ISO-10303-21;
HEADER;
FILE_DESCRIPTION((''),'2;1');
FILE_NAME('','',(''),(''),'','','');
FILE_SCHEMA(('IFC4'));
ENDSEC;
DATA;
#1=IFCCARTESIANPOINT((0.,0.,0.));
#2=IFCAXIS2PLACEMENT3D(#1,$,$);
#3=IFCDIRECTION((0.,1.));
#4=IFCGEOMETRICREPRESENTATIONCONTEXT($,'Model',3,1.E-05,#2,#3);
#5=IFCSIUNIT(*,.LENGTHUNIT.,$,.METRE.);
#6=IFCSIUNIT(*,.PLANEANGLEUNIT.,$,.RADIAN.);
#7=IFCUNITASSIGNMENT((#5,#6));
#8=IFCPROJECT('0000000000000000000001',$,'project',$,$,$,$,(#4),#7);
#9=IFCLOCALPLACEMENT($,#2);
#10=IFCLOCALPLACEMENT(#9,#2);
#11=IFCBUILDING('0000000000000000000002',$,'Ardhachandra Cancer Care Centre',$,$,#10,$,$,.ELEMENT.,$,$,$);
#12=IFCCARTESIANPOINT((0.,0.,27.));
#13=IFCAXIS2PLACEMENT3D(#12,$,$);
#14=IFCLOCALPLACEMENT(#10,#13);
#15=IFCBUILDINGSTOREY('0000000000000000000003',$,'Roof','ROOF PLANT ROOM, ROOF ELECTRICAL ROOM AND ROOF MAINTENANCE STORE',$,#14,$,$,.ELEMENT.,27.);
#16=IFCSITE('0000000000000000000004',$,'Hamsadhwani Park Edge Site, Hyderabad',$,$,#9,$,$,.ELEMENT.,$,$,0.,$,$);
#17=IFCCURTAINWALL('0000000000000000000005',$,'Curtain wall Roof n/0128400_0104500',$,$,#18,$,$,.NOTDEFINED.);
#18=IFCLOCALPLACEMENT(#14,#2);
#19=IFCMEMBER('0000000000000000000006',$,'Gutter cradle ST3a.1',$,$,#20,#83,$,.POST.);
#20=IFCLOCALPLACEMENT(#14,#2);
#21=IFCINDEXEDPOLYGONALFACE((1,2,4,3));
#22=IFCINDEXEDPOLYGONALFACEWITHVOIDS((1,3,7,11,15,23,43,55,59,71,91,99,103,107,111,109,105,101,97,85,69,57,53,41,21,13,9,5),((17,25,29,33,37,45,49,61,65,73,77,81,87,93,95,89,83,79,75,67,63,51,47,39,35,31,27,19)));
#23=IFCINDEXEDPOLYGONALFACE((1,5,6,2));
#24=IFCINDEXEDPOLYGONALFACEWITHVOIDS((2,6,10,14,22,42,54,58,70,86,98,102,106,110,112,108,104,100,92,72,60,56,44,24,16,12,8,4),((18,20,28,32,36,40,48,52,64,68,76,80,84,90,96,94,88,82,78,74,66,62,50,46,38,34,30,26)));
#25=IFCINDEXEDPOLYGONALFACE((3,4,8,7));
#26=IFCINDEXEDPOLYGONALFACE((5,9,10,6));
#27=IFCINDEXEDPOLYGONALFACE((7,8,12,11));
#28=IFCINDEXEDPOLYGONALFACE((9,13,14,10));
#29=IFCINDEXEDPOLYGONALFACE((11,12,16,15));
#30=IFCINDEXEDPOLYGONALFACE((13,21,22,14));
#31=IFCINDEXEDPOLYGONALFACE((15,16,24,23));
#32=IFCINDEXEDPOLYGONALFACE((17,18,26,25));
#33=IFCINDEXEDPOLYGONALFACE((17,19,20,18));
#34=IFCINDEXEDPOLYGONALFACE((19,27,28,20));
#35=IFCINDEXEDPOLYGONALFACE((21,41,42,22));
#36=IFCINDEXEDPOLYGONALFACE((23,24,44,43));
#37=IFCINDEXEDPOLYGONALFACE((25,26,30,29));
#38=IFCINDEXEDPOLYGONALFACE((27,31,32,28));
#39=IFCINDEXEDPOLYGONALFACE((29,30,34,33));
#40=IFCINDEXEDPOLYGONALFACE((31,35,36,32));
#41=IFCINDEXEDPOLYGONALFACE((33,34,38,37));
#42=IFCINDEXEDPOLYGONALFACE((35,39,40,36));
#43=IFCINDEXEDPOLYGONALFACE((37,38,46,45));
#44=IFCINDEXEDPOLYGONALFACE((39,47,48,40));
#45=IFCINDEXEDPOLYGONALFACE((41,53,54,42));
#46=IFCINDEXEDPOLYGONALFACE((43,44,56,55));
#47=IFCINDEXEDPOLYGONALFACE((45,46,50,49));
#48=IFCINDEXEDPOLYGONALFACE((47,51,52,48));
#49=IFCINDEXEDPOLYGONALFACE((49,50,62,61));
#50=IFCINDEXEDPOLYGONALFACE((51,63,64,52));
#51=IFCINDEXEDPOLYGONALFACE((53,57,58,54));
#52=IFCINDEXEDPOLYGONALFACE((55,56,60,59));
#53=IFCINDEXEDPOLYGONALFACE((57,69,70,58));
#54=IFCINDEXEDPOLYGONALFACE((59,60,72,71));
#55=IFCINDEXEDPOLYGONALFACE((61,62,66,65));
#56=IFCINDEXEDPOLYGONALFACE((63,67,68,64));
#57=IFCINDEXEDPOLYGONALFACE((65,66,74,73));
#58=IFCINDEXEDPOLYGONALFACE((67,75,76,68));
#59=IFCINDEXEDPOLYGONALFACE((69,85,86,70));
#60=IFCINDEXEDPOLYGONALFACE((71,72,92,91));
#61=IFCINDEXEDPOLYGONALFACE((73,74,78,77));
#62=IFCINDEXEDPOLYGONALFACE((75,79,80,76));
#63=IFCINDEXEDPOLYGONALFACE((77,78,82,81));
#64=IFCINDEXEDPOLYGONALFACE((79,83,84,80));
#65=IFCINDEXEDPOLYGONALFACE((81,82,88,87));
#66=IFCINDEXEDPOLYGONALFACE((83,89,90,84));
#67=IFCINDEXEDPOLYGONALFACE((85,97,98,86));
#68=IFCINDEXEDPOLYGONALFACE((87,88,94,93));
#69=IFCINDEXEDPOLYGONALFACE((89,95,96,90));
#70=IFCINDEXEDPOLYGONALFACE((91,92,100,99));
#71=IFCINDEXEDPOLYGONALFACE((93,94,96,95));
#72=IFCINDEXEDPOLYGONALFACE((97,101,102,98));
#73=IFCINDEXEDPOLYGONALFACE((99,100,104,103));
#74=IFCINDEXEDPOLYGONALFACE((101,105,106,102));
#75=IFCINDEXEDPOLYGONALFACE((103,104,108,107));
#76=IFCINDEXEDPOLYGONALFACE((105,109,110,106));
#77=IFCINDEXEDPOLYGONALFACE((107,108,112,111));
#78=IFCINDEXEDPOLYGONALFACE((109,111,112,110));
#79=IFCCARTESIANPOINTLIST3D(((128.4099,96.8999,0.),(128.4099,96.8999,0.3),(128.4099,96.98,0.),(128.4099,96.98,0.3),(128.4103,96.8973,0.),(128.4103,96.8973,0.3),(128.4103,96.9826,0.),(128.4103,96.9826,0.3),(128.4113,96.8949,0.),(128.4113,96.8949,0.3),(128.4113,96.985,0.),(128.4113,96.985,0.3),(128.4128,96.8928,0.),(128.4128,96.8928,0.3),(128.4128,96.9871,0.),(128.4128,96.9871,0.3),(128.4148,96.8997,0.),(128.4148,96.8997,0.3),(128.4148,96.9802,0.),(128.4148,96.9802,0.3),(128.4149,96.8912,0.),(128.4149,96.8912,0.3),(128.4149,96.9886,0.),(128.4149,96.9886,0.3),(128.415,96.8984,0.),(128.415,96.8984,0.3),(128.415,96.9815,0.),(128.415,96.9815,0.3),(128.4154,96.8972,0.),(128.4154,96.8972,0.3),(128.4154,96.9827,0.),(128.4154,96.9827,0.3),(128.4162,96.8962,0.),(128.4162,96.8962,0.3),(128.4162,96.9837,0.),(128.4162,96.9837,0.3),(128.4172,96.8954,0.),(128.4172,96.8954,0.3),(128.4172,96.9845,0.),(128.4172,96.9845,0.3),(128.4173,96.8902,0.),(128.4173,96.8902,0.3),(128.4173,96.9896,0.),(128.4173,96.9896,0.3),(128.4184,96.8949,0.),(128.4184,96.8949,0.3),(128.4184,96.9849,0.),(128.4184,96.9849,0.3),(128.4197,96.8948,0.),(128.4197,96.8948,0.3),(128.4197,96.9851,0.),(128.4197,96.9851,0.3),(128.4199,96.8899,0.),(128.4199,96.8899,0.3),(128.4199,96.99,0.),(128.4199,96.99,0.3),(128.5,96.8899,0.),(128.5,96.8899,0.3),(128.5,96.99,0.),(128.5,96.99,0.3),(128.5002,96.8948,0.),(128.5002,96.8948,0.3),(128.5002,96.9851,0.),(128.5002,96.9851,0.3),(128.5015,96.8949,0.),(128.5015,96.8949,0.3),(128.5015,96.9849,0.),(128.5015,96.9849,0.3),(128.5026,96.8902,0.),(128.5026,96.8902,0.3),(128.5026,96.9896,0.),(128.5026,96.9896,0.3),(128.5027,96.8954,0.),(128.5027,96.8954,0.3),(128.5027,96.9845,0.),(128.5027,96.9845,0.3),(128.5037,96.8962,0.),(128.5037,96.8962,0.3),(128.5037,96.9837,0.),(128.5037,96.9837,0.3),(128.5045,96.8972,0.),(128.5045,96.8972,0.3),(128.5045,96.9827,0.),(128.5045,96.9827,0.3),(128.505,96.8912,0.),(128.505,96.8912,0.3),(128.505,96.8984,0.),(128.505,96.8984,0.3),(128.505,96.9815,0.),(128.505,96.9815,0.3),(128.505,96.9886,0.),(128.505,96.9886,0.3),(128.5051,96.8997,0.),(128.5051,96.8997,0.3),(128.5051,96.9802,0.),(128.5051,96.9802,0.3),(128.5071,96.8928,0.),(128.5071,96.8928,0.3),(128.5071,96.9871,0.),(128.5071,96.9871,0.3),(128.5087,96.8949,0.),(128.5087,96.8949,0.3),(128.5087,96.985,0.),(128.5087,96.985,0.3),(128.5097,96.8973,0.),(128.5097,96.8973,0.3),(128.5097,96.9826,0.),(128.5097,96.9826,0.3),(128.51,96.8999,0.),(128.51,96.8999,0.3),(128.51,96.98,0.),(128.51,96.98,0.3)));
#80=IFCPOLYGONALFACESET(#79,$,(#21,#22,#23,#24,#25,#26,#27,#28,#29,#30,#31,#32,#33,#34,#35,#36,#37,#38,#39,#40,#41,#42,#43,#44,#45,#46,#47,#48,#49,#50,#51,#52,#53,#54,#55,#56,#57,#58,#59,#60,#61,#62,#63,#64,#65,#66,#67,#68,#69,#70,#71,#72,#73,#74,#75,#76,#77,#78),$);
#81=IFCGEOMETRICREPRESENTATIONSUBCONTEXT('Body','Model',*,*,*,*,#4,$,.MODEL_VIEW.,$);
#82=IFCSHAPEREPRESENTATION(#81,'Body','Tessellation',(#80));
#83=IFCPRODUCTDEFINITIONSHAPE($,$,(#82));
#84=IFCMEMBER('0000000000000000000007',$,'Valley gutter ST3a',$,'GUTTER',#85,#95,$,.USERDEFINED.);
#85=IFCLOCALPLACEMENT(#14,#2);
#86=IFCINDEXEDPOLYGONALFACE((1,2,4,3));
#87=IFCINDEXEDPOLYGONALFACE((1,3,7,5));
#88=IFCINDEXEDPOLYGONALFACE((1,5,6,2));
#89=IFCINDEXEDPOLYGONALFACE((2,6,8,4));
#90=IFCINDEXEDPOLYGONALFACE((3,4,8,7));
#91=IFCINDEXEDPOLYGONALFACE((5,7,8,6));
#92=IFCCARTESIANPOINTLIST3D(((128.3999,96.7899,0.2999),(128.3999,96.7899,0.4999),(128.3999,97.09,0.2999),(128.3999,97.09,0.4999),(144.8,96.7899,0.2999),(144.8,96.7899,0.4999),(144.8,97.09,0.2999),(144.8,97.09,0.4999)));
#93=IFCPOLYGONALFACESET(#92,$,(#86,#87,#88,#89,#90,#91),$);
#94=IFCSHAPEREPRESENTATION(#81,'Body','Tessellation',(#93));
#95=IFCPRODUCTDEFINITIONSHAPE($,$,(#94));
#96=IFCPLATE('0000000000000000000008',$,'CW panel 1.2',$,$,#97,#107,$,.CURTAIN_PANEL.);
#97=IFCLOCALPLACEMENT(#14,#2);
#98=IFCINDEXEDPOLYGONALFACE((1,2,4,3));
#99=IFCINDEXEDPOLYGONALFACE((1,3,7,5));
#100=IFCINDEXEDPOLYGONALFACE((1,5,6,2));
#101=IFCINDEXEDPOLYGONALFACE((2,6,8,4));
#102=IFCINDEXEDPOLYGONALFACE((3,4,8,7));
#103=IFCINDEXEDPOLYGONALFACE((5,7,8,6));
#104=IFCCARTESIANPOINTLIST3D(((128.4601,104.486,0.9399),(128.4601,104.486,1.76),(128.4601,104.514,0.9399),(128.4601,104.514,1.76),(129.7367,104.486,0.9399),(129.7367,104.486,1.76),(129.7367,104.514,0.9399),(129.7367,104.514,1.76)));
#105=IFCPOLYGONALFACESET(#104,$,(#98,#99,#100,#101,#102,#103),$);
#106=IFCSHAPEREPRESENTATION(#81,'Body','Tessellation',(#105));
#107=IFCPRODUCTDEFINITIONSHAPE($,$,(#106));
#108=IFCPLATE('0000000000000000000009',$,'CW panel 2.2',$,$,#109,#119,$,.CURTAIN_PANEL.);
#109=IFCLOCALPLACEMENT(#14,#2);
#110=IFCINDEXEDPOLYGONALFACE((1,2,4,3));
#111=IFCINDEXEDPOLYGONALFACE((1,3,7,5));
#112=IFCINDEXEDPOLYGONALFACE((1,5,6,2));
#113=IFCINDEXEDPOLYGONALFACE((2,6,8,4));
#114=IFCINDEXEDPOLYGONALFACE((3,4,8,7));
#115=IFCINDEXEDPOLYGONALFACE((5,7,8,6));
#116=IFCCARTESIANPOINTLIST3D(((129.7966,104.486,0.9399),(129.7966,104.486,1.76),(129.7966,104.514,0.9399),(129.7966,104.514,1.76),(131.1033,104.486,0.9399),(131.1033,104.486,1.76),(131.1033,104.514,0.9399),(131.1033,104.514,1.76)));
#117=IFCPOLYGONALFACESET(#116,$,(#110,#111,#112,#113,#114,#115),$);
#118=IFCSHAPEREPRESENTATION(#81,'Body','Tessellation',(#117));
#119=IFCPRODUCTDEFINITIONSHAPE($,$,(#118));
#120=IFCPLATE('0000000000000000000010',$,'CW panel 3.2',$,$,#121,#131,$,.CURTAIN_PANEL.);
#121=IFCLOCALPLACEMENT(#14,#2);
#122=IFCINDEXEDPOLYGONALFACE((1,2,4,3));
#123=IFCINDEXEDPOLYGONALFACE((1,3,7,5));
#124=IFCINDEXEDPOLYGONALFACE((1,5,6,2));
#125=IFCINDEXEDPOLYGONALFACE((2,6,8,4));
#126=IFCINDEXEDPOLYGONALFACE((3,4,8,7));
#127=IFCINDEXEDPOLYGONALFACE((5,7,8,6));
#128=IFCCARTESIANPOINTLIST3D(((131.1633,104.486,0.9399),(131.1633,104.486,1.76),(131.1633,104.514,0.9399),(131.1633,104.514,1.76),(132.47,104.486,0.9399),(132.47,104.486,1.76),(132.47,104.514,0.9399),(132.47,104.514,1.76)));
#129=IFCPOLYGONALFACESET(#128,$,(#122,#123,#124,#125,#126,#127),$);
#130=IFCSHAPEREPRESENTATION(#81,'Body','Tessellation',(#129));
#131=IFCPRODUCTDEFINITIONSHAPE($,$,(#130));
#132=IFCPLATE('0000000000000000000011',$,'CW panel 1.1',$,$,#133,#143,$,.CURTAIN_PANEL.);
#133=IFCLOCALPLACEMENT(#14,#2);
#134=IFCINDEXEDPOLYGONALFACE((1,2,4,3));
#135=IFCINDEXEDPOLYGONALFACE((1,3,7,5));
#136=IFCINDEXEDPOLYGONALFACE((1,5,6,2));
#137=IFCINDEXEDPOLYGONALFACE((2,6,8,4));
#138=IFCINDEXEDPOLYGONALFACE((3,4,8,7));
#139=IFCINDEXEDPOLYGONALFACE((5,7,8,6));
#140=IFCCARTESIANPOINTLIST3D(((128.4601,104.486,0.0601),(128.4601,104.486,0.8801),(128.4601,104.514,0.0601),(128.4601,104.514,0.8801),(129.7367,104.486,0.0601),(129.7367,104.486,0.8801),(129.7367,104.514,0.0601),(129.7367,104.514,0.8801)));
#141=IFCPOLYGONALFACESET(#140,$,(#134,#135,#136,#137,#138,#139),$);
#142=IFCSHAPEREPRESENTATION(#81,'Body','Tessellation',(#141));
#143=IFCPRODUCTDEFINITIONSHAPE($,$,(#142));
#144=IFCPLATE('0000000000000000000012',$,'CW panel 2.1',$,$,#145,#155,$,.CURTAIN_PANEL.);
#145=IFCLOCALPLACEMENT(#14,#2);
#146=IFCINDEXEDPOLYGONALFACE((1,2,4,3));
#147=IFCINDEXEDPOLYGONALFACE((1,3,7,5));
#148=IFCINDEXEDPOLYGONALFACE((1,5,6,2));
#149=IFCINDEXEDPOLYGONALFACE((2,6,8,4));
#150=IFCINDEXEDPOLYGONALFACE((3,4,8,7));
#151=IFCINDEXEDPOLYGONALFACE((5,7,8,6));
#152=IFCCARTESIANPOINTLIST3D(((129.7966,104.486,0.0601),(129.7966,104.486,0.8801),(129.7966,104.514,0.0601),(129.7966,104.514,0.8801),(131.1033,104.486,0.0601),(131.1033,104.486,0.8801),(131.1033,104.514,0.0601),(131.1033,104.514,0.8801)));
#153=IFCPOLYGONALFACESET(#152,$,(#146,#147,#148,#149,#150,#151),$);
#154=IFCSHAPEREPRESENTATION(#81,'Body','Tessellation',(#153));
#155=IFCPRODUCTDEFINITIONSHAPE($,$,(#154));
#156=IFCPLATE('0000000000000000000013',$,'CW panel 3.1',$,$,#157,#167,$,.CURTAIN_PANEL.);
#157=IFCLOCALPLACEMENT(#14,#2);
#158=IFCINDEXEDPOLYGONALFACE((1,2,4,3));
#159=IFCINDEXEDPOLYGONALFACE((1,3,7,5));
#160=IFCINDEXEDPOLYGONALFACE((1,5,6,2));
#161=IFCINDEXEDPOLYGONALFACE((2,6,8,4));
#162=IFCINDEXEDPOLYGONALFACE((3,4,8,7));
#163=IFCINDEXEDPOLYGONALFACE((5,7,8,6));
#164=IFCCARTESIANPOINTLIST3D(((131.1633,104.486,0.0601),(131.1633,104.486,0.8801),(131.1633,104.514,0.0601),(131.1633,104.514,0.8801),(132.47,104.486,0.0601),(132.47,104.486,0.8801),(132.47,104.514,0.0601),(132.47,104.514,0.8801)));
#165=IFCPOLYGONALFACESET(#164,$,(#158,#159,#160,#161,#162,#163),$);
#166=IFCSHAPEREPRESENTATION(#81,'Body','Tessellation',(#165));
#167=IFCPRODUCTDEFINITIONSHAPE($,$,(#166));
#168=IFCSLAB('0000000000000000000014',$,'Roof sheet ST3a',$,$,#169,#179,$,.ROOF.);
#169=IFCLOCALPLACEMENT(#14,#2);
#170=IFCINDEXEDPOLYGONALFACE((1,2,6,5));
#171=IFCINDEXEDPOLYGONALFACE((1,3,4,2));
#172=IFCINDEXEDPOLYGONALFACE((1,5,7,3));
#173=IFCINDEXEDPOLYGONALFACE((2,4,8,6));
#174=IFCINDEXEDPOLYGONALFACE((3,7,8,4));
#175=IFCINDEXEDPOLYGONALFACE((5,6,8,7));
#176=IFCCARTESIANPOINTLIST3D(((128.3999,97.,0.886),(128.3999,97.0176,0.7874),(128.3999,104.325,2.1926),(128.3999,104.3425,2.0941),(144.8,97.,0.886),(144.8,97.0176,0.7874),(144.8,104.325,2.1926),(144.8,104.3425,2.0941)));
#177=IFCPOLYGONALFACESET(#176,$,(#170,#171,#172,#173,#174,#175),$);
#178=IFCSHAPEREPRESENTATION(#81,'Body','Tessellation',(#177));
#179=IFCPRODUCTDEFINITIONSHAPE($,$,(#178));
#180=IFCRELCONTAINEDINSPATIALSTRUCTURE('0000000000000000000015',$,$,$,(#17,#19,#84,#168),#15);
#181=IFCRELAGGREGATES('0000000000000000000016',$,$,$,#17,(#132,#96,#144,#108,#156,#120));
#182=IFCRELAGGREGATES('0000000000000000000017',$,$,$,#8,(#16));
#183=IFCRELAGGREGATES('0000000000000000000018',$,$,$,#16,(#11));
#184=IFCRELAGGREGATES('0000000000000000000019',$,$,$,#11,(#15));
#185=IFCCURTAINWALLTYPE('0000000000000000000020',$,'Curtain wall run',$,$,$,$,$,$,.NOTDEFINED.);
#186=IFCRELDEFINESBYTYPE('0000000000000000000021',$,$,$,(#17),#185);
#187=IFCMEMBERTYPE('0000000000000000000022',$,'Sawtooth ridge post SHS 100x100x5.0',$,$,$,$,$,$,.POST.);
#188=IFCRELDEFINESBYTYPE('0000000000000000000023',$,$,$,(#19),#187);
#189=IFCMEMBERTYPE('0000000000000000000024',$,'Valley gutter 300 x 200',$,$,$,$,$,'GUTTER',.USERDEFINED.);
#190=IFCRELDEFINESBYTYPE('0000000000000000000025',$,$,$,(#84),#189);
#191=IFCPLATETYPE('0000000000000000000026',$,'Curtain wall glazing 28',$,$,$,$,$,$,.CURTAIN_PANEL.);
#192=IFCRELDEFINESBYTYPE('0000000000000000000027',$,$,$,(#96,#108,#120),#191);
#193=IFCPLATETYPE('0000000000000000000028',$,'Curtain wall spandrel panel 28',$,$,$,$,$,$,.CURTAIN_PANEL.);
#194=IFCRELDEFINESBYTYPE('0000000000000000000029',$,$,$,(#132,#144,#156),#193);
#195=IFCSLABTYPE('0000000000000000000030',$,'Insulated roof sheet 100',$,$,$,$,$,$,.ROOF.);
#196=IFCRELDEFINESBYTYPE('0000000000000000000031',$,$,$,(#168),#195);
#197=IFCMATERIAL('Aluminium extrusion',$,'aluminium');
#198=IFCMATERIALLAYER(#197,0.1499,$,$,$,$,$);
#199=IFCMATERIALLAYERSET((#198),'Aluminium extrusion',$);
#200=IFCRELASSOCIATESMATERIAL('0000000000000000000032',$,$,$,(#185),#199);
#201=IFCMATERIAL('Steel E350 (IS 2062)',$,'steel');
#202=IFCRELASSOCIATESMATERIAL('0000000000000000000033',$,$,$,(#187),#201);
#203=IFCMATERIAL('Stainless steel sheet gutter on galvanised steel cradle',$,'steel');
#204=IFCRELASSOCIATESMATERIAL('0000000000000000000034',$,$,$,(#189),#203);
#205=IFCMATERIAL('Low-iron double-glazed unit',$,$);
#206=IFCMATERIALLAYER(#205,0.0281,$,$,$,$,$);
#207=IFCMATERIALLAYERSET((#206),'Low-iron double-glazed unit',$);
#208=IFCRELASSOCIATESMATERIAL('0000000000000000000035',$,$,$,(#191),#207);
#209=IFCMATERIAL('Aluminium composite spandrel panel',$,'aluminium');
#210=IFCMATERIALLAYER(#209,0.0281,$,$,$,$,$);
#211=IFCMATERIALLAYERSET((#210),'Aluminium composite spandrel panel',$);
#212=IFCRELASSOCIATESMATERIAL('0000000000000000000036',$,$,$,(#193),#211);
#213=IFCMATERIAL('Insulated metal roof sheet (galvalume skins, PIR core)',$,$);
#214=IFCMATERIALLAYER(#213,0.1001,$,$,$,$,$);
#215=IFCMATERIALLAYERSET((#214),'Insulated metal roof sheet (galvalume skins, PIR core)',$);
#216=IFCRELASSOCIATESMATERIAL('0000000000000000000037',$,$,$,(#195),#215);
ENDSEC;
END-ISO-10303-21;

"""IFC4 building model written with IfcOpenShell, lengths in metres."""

from ifc_helpers import new_model, si_unit, direction, frame, origin, origin_2d, place, context, subcontext, project, spatial, polyline, rectangle, hollow_rectangle, outline, extrude, material, layer, layer_set, material_profile, profile_set, type_object, element, aggregate, save


model = new_model("IFC4")

# Units and contexts
model_context = context("Model", 3, precision=1e-05, world=origin(), true_north=direction((0.0, 1.0)))
body_context = subcontext(model_context, "Body", "Model", "MODEL_VIEW")
ifc_project = project(units=[si_unit("LENGTHUNIT", "METRE"), si_unit("PLANEANGLEUNIT", "RADIAN")], contexts=[model_context])

# Site, building, storey
site_placement = place(None, origin())
site = spatial("IfcSite", under=ifc_project, at=site_placement, Name="Hamsadhwani Park Edge Site, Hyderabad", CompositionType="ELEMENT", RefElevation=0.0)
building_placement = place(site_placement, origin())
building = spatial("IfcBuilding", under=site, at=building_placement, Name="Ardhachandra Cancer Care Centre", CompositionType="ELEMENT")
storey_placement = place(building_placement, frame((0.0, 0.0, 27.0)))
storey = spatial("IfcBuildingStorey", under=building, at=storey_placement, Name="Roof", Description="ROOF PLANT ROOM, ROOF ELECTRICAL ROOM AND ROOF MAINTENANCE STORE", CompositionType="ELEMENT", Elevation=27.0)

# Curtain wall
ifc_material_1 = material(Name="Aluminium extrusion", Category="aluminium")
ifc_layer_1 = layer(ifc_material_1, 0.1499)
ifc_layer_set_1 = layer_set([ifc_layer_1], Name="Aluminium extrusion")
curtain_wall_type = type_object("IfcCurtainWallType", Name="Curtain wall run", PredefinedType="NOTDEFINED", material=ifc_layer_set_1)
curtain_wall_placement = place(storey_placement, origin())
curtain_wall = element("IfcCurtainWall", 1, at=curtain_wall_placement, inside=storey, type_object=curtain_wall_type, Name="Curtain wall Roof n/0128400_0104500", PredefinedType="NOTDEFINED")

# Members
ifc_material_2 = material(Name="Steel E350 (IS 2062)", Category="steel")
ifc_material_profile_1 = material_profile(ifc_material_2, hollow_rectangle(XDim=0.1001, YDim=0.1001, WallThickness=0.0049, InnerFilletRadius=0.0049, OuterFilletRadius=0.01, at=origin_2d()), Name="SHS 100x100x5.0")
ifc_profile_set_1 = profile_set([ifc_material_profile_1], Name="Steel E350 (IS 2062)")
member_type_1 = type_object("IfcMemberType", Name="Sawtooth ridge post SHS 100x100x5.0", PredefinedType="POST", material=ifc_profile_set_1)
member_1_placement = place(storey_placement, frame((128.46, 96.9399, 0.0), z_axis=(0.0, 0.0, 1.0), x_axis=(1.0, 0.0, 0.0)))
element("IfcMember", 2, at=member_1_placement, inside=storey, type_object=member_type_1, Name="Gutter cradle ST3a.1", PredefinedType="POST", context=body_context, shape_type="SweptSolid", body=[
    extrude(hollow_rectangle(XDim=0.1001, YDim=0.1001, WallThickness=0.0049, InnerFilletRadius=0.0049, OuterFilletRadius=0.01, at=origin_2d()), origin(), (0.0, 0.0, 1.0), 0.3),
])
ifc_material_3 = material(Name="Stainless steel sheet gutter on galvanised steel cradle", Category="steel")
ifc_material_profile_2 = material_profile(ifc_material_3, rectangle(XDim=0.3, YDim=0.2, at=origin_2d()), Name="Valley gutter 300 x 200")
ifc_profile_set_2 = profile_set([ifc_material_profile_2], Name="Stainless steel sheet gutter on galvanised steel cradle")
member_type_2 = type_object("IfcMemberType", Name="Valley gutter 300 x 200", ElementType="GUTTER", PredefinedType="USERDEFINED", material=ifc_profile_set_2)
member_2_placement = place(storey_placement, frame((128.3999, 96.9399, 0.3999), z_axis=(1.0, 0.0, 0.0), x_axis=(0.0, 1.0, 0.0)))
element("IfcMember", 3, at=member_2_placement, inside=storey, type_object=member_type_2, Name="Valley gutter ST3a", ObjectType="GUTTER", PredefinedType="USERDEFINED", context=body_context, shape_type="SweptSolid", body=[
    extrude(rectangle(XDim=0.3, YDim=0.2, at=origin_2d()), origin(), (0.0, 0.0, 1.0), 16.4001),
])

# Plates
ifc_material_4 = material(Name="Low-iron double-glazed unit")
ifc_layer_2 = layer(ifc_material_4, 0.0281)
ifc_layer_set_2 = layer_set([ifc_layer_2], Name="Low-iron double-glazed unit")
plate_type_1 = type_object("IfcPlateType", Name="Curtain wall glazing 28", PredefinedType="CURTAIN_PANEL", material=ifc_layer_set_2)
plate_1_placement = place(storey_placement, frame((129.0984, 104.5, 0.9399), z_axis=(0.0, 0.0, 1.0), x_axis=(1.0, 0.0, 0.0)))
plate_1 = element("IfcPlate", 4, at=plate_1_placement, type_object=plate_type_1, Name="CW panel 1.2", PredefinedType="CURTAIN_PANEL", context=body_context, shape_type="SweptSolid", body=[
    extrude(rectangle(XDim=1.2766, YDim=0.0281, at=origin_2d()), origin(), (0.0, 0.0, 1.0), 0.8201),
])
plate_2_placement = place(storey_placement, frame((130.45, 104.5, 0.9399), z_axis=(0.0, 0.0, 1.0), x_axis=(1.0, 0.0, 0.0)))
plate_2 = element("IfcPlate", 5, at=plate_2_placement, type_object=plate_type_1, Name="CW panel 2.2", PredefinedType="CURTAIN_PANEL", context=body_context, shape_type="SweptSolid", body=[
    extrude(rectangle(XDim=1.3066, YDim=0.0281, at=origin_2d()), origin(), (0.0, 0.0, 1.0), 0.8201),
])
plate_3_placement = place(storey_placement, frame((131.8167, 104.5, 0.9399), z_axis=(0.0, 0.0, 1.0), x_axis=(1.0, 0.0, 0.0)))
plate_3 = element("IfcPlate", 6, at=plate_3_placement, type_object=plate_type_1, Name="CW panel 3.2", PredefinedType="CURTAIN_PANEL", context=body_context, shape_type="SweptSolid", body=[
    extrude(rectangle(XDim=1.3066, YDim=0.0281, at=origin_2d()), origin(), (0.0, 0.0, 1.0), 0.8201),
])
ifc_material_5 = material(Name="Aluminium composite spandrel panel", Category="aluminium")
ifc_layer_3 = layer(ifc_material_5, 0.0281)
ifc_layer_set_3 = layer_set([ifc_layer_3], Name="Aluminium composite spandrel panel")
plate_type_2 = type_object("IfcPlateType", Name="Curtain wall spandrel panel 28", PredefinedType="CURTAIN_PANEL", material=ifc_layer_set_3)
plate_4_placement = place(storey_placement, frame((129.0984, 104.5, 0.0601), z_axis=(0.0, 0.0, 1.0), x_axis=(1.0, 0.0, 0.0)))
plate_4 = element("IfcPlate", 7, at=plate_4_placement, type_object=plate_type_2, Name="CW panel 1.1", PredefinedType="CURTAIN_PANEL", context=body_context, shape_type="SweptSolid", body=[
    extrude(rectangle(XDim=1.2766, YDim=0.0281, at=origin_2d()), origin(), (0.0, 0.0, 1.0), 0.8201),
])
plate_5_placement = place(storey_placement, frame((130.45, 104.5, 0.0601), z_axis=(0.0, 0.0, 1.0), x_axis=(1.0, 0.0, 0.0)))
plate_5 = element("IfcPlate", 8, at=plate_5_placement, type_object=plate_type_2, Name="CW panel 2.1", PredefinedType="CURTAIN_PANEL", context=body_context, shape_type="SweptSolid", body=[
    extrude(rectangle(XDim=1.3066, YDim=0.0281, at=origin_2d()), origin(), (0.0, 0.0, 1.0), 0.8201),
])
plate_6_placement = place(storey_placement, frame((131.8167, 104.5, 0.0601), z_axis=(0.0, 0.0, 1.0), x_axis=(1.0, 0.0, 0.0)))
plate_6 = element("IfcPlate", 9, at=plate_6_placement, type_object=plate_type_2, Name="CW panel 3.1", PredefinedType="CURTAIN_PANEL", context=body_context, shape_type="SweptSolid", body=[
    extrude(rectangle(XDim=1.3066, YDim=0.0281, at=origin_2d()), origin(), (0.0, 0.0, 1.0), 0.8201),
])
aggregate(curtain_wall, [plate_4, plate_1, plate_5, plate_2, plate_6, plate_3])

# Slab
ifc_material_6 = material(Name="Insulated metal roof sheet (galvalume skins, PIR core)")
ifc_layer_4 = layer(ifc_material_6, 0.1001)
ifc_layer_set_4 = layer_set([ifc_layer_4], Name="Insulated metal roof sheet (galvalume skins, PIR core)")
slab_type = type_object("IfcSlabType", Name="Insulated roof sheet 100", PredefinedType="ROOF", material=ifc_layer_set_4)
slab_placement = place(storey_placement, frame((128.3999, 97.0, 0.886), z_axis=(0.0, -0.17561, 0.98446), x_axis=(1.0, 0.0, 0.0)))
element("IfcSlab", 10, at=slab_placement, inside=storey, type_object=slab_type, Name="Roof sheet ST3a", PredefinedType="ROOF", context=body_context, shape_type="SweptSolid", body=[
    extrude(outline(polyline([(0.0, 0.0), (16.4001, 0.0), (16.4001, 7.4406), (0.0, 7.4406), (0.0, 0.0)])), origin(), (0.0, 0.0, -1.0), 0.1001),
])

save(model, "model.ifc")
